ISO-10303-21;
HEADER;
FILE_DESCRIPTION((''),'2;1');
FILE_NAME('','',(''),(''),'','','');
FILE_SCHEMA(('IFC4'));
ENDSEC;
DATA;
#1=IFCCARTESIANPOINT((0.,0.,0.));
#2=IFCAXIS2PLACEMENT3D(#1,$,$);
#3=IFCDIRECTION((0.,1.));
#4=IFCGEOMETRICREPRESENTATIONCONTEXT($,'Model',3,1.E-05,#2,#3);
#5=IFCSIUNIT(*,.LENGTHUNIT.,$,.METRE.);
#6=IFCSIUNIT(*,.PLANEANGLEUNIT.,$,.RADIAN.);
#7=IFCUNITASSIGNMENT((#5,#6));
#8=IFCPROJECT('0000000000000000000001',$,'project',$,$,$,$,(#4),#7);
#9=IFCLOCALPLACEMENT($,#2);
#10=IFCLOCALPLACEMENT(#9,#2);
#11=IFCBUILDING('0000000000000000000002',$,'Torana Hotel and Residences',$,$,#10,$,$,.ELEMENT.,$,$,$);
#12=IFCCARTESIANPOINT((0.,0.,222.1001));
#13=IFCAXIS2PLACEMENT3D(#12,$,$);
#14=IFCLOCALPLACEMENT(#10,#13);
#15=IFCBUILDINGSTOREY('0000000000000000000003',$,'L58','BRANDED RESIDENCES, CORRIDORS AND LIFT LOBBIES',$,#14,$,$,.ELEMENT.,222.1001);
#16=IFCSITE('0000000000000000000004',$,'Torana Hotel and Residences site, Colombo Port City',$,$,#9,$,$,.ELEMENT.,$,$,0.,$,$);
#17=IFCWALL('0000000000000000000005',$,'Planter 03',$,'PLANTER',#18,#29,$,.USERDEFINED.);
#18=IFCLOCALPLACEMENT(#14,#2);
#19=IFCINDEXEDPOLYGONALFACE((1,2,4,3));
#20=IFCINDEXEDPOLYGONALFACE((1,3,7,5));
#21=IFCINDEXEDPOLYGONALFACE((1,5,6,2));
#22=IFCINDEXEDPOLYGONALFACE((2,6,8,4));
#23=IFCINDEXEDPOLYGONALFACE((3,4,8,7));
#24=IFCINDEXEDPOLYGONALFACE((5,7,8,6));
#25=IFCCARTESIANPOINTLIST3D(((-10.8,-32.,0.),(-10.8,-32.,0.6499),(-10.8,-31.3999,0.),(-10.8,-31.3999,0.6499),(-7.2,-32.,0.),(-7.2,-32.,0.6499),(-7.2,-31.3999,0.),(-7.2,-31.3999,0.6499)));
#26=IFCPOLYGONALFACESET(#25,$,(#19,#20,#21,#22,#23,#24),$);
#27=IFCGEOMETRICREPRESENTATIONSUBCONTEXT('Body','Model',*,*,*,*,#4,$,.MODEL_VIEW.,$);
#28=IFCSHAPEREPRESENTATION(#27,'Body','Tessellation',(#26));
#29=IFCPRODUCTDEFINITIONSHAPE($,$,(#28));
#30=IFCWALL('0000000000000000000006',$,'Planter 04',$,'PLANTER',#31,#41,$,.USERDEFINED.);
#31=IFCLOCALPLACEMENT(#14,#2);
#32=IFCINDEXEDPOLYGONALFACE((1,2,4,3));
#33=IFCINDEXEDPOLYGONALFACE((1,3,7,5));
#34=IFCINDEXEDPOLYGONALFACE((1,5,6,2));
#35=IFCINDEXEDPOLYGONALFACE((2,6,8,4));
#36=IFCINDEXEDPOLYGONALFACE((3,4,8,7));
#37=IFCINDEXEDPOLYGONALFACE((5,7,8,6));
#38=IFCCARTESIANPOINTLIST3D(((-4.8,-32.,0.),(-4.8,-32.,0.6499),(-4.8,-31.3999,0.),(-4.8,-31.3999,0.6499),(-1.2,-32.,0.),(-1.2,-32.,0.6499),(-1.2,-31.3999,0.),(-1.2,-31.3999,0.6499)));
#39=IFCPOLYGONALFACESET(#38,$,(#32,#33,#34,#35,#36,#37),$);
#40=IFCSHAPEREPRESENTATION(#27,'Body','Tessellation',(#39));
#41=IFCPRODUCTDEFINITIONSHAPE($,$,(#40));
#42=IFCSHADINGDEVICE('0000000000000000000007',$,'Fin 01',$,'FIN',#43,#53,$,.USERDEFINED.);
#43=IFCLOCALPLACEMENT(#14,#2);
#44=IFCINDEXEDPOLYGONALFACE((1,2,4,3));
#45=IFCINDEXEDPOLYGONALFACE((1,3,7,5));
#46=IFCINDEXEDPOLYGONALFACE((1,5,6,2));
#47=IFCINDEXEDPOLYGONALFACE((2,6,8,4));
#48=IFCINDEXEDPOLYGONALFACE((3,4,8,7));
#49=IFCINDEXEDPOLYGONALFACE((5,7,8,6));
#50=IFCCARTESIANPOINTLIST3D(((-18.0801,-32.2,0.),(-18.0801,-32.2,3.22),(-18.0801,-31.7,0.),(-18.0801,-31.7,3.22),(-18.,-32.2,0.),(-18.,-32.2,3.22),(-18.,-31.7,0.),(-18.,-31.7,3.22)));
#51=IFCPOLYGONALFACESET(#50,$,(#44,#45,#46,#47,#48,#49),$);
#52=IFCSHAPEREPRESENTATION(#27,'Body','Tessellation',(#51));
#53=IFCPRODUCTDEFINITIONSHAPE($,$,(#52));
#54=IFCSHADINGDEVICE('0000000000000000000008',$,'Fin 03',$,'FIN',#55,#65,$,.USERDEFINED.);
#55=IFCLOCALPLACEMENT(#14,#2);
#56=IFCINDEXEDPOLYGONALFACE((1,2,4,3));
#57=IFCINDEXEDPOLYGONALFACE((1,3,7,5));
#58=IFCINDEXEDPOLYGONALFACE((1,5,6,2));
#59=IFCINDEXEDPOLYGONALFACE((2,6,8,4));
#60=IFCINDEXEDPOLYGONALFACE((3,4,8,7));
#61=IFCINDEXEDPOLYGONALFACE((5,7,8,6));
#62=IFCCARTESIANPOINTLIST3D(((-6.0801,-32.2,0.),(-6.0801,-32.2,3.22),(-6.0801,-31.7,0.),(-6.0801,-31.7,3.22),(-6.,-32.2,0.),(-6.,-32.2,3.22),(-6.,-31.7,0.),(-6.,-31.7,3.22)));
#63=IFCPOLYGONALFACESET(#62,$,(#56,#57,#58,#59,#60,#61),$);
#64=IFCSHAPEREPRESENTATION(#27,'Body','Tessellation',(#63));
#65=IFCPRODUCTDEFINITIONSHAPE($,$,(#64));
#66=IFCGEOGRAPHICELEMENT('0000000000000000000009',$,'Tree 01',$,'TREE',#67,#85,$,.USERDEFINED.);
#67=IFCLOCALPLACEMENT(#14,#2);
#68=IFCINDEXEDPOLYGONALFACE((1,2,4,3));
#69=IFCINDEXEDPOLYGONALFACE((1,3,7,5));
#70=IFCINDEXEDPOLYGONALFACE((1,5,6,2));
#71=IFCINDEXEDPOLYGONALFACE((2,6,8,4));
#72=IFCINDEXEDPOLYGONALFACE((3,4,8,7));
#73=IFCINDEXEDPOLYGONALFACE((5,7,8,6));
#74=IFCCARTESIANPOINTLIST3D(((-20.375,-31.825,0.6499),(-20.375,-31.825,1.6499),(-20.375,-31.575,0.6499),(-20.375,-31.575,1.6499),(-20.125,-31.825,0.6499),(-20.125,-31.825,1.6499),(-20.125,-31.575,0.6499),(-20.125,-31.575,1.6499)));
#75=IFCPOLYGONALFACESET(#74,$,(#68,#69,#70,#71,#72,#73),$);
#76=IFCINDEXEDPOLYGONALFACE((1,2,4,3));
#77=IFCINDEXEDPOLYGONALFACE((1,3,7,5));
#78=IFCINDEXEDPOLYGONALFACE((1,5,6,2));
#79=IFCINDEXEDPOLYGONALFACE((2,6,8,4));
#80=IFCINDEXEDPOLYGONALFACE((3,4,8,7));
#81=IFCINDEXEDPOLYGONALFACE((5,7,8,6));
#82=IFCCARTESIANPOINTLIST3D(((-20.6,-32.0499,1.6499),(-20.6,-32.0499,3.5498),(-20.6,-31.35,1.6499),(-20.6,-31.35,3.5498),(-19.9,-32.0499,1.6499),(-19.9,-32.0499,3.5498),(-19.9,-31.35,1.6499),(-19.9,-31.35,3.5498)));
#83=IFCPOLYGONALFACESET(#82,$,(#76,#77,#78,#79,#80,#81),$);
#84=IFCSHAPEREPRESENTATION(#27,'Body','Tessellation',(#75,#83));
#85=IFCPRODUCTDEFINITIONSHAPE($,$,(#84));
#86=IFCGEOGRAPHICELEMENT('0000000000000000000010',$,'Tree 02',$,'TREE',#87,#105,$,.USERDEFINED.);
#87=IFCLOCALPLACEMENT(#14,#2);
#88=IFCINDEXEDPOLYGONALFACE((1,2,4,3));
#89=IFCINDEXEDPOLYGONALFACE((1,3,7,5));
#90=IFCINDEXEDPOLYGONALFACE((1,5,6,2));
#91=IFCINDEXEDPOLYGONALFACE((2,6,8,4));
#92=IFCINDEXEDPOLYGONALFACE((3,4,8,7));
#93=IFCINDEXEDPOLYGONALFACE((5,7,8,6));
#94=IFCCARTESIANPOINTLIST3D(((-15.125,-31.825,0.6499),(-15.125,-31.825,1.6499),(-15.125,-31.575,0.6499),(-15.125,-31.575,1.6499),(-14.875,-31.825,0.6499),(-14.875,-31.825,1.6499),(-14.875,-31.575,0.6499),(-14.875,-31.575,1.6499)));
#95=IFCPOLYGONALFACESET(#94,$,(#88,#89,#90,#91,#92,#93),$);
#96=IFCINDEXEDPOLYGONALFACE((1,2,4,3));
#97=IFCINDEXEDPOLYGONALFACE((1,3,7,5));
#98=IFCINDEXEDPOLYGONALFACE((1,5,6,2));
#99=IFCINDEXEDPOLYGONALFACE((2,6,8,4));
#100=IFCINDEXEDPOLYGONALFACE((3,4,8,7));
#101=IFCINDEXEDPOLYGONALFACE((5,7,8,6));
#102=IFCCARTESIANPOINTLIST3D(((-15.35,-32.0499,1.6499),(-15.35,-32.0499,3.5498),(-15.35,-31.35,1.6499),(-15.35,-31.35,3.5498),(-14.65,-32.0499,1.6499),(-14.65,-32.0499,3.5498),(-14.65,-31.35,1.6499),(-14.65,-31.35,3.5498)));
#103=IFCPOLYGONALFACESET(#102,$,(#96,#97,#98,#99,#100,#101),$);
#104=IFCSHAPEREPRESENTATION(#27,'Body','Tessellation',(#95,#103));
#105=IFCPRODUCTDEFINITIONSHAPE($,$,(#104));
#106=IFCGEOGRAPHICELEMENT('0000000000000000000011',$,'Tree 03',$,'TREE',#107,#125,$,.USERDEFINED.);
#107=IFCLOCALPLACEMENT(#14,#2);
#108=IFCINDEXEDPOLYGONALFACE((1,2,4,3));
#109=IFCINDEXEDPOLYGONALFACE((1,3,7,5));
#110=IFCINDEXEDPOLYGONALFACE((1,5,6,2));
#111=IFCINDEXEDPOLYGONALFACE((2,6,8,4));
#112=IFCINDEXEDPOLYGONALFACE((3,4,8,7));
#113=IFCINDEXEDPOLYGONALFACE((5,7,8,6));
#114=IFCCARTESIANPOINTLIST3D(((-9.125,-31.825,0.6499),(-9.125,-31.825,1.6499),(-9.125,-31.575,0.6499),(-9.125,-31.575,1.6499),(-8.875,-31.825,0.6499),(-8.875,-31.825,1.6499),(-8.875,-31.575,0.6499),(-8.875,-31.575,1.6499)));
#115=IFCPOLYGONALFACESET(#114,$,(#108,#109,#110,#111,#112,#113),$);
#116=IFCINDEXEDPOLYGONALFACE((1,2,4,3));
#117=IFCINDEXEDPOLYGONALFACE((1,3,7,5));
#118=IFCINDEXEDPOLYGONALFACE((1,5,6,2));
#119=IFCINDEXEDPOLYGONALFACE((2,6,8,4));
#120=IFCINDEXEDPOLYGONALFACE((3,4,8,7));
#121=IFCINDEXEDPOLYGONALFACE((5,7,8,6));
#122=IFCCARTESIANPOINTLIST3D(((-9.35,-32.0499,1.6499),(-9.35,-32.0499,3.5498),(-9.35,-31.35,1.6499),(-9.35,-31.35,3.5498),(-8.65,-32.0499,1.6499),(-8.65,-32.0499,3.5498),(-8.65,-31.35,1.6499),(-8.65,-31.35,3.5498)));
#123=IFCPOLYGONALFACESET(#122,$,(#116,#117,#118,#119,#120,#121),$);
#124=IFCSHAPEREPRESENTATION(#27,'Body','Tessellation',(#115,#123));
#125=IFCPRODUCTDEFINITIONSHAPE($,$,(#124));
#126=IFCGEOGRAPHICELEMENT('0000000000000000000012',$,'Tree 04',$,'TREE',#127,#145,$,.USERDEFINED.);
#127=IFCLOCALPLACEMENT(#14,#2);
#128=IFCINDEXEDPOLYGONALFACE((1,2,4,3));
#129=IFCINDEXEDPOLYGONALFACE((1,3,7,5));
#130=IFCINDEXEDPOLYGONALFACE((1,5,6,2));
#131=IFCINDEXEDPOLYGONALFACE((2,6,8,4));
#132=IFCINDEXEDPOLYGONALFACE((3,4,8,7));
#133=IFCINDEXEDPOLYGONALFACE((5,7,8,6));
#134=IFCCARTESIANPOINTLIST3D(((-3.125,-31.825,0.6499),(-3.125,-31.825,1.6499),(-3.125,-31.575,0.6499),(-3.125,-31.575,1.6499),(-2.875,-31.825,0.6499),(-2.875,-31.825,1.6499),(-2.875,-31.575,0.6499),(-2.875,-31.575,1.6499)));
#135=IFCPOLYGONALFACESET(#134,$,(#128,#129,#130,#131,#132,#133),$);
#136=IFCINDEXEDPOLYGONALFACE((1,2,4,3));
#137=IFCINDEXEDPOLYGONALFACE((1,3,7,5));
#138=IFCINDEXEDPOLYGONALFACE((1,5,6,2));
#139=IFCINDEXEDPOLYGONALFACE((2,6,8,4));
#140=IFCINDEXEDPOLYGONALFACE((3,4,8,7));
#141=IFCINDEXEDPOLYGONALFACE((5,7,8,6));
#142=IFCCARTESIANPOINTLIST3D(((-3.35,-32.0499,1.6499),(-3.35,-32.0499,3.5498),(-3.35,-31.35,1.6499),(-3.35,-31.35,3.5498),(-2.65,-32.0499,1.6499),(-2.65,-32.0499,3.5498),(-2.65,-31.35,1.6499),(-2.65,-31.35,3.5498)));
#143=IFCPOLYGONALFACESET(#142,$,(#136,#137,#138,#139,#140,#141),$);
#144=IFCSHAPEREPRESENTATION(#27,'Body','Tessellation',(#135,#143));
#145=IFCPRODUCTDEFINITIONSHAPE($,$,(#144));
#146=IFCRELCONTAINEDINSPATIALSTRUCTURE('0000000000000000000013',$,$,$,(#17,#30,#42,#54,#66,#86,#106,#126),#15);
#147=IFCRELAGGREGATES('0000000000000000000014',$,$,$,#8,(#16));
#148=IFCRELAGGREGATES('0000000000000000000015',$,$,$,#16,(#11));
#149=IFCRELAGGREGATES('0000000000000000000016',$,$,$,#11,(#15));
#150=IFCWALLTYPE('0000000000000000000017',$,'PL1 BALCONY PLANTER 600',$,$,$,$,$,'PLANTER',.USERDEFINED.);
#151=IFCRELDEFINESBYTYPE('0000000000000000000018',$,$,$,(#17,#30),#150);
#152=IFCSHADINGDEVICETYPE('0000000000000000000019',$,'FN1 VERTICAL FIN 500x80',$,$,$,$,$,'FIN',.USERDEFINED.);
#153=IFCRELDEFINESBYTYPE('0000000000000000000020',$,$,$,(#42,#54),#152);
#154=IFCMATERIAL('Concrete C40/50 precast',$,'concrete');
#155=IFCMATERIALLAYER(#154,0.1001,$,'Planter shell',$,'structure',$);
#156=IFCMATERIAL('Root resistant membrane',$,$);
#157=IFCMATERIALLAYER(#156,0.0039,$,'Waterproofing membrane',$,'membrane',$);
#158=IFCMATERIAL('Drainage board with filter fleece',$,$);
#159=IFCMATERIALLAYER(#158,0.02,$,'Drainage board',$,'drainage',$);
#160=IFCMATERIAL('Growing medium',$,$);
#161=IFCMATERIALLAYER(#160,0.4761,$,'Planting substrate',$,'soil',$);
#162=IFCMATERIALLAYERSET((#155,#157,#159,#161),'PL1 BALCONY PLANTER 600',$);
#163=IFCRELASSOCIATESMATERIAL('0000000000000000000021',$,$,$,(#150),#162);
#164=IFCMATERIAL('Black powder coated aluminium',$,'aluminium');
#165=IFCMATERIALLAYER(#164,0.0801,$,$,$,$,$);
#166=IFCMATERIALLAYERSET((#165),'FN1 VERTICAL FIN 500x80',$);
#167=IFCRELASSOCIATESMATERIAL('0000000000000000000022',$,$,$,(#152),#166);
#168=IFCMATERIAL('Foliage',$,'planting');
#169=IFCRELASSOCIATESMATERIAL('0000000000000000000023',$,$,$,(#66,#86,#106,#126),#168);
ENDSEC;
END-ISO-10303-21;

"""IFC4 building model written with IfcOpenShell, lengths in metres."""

from ifc_helpers import new_model, si_unit, direction, frame, frame_2d, origin, origin_2d, place, context, subcontext, project, spatial, rectangle, extrude, material, layer, layer_set, type_object, element, save


model = new_model("IFC4")

# Units and contexts
model_context = context("Model", 3, precision=1e-05, world=origin(), true_north=direction((0.0, 1.0)))
body_context = subcontext(model_context, "Body", "Model", "MODEL_VIEW")
ifc_project = project(units=[si_unit("LENGTHUNIT", "METRE"), si_unit("PLANEANGLEUNIT", "RADIAN")], contexts=[model_context])

# Site, building, storey
site_placement = place(None, origin())
site = spatial("IfcSite", under=ifc_project, at=site_placement, Name="Torana Hotel and Residences site, Colombo Port City", CompositionType="ELEMENT", RefElevation=0.0)
building_placement = place(site_placement, origin())
building = spatial("IfcBuilding", under=site, at=building_placement, Name="Torana Hotel and Residences", CompositionType="ELEMENT")
storey_placement = place(building_placement, frame((0.0, 0.0, 222.1001)))
storey = spatial("IfcBuildingStorey", under=building, at=storey_placement, Name="L58", Description="BRANDED RESIDENCES, CORRIDORS AND LIFT LOBBIES", CompositionType="ELEMENT", Elevation=222.1001)

# Walls
ifc_material_1 = material(Name="Concrete C40/50 precast", Category="concrete")
ifc_layer_1 = layer(ifc_material_1, 0.1001, Name="Planter shell", Category="structure")
ifc_material_2 = material(Name="Root resistant membrane")
ifc_layer_2 = layer(ifc_material_2, 0.0039, Name="Waterproofing membrane", Category="membrane")
ifc_material_3 = material(Name="Drainage board with filter fleece")
ifc_layer_3 = layer(ifc_material_3, 0.02, Name="Drainage board", Category="drainage")
ifc_material_4 = material(Name="Growing medium")
ifc_layer_4 = layer(ifc_material_4, 0.4761, Name="Planting substrate", Category="soil")
ifc_layer_set_1 = layer_set([ifc_layer_1, ifc_layer_2, ifc_layer_3, ifc_layer_4], Name="PL1 BALCONY PLANTER 600")
wall_type_1 = type_object("IfcWallType", Name="PL1 BALCONY PLANTER 600", ElementType="PLANTER", PredefinedType="USERDEFINED", material=ifc_layer_set_1)
for number, where, z_axis, x_axis, name in (
    (1, (-7.2, -31.7, 0.0), (0.0, 0.0, 1.0), (-1.0, 0.0, 0.0), "Planter 03"),
    (2, (-1.2, -31.7, 0.0), (0.0, 0.0, 1.0), (-1.0, 0.0, 0.0), "Planter 04"),
):
    element("IfcWall", number, at=place(storey_placement, frame(where, z_axis=z_axis, x_axis=x_axis)), inside=storey, type_object=wall_type_1, Name=name, ObjectType="PLANTER", PredefinedType="USERDEFINED", context=body_context, shape_type="SweptSolid", body=[
        extrude(rectangle(XDim=3.6001, YDim=0.6001, at=frame_2d((1.8, 0.0))), origin(), (0.0, 0.0, 1.0), 0.6499),
    ])

# Shading devices
ifc_material_5 = material(Name="Black powder coated aluminium", Category="aluminium")
ifc_layer_5 = layer(ifc_material_5, 0.0801)
ifc_layer_set_2 = layer_set([ifc_layer_5], Name="FN1 VERTICAL FIN 500x80")
shading_device_type = type_object("IfcShadingDeviceType", Name="FN1 VERTICAL FIN 500x80", ElementType="FIN", PredefinedType="USERDEFINED", material=ifc_layer_set_2)
for number, where, z_axis, x_axis, name in (
    (3, (-18.04, -31.95, 0.0), (0.0, 0.0, 1.0), (-1.0, 0.0, 0.0), "Fin 01"),
    (4, (-6.04, -31.95, 0.0), (0.0, 0.0, 1.0), (-1.0, 0.0, 0.0), "Fin 03"),
):
    element("IfcShadingDevice", number, at=place(storey_placement, frame(where, z_axis=z_axis, x_axis=x_axis)), inside=storey, type_object=shading_device_type, Name=name, ObjectType="FIN", PredefinedType="USERDEFINED", context=body_context, shape_type="SweptSolid", body=[
        extrude(rectangle(XDim=0.0801, YDim=0.5, at=origin_2d()), origin(), (0.0, 0.0, 1.0), 3.22),
    ])

# Geographic elements
ifc_material_6 = material(Name="Foliage", Category="planting")
for number, where, z_axis, x_axis, name in (
    (5, (-20.25, -31.7, 0.6499), (0.0, 0.0, 1.0), (1.0, 0.0, 0.0), "Tree 01"),
    (6, (-15.0, -31.7, 0.6499), (0.0, 0.0, 1.0), (1.0, 0.0, 0.0), "Tree 02"),
    (7, (-9.0, -31.7, 0.6499), (0.0, 0.0, 1.0), (1.0, 0.0, 0.0), "Tree 03"),
    (8, (-3.0, -31.7, 0.6499), (0.0, 0.0, 1.0), (1.0, 0.0, 0.0), "Tree 04"),
):
    element("IfcGeographicElement", number, at=place(storey_placement, frame(where, z_axis=z_axis, x_axis=x_axis)), inside=storey, material=ifc_material_6, Name=name, ObjectType="TREE", PredefinedType="USERDEFINED", context=body_context, shape_type="SweptSolid", body=[
        extrude(rectangle(XDim=0.25, YDim=0.25, at=origin_2d()), origin(), (0.0, 0.0, 1.0), 1.0),
        extrude(rectangle(XDim=0.7, YDim=0.7, at=origin_2d()), frame((0.0, 0.0, 1.0)), (0.0, 0.0, 1.0), 1.8999),
    ])

save(model, "model.ifc")
